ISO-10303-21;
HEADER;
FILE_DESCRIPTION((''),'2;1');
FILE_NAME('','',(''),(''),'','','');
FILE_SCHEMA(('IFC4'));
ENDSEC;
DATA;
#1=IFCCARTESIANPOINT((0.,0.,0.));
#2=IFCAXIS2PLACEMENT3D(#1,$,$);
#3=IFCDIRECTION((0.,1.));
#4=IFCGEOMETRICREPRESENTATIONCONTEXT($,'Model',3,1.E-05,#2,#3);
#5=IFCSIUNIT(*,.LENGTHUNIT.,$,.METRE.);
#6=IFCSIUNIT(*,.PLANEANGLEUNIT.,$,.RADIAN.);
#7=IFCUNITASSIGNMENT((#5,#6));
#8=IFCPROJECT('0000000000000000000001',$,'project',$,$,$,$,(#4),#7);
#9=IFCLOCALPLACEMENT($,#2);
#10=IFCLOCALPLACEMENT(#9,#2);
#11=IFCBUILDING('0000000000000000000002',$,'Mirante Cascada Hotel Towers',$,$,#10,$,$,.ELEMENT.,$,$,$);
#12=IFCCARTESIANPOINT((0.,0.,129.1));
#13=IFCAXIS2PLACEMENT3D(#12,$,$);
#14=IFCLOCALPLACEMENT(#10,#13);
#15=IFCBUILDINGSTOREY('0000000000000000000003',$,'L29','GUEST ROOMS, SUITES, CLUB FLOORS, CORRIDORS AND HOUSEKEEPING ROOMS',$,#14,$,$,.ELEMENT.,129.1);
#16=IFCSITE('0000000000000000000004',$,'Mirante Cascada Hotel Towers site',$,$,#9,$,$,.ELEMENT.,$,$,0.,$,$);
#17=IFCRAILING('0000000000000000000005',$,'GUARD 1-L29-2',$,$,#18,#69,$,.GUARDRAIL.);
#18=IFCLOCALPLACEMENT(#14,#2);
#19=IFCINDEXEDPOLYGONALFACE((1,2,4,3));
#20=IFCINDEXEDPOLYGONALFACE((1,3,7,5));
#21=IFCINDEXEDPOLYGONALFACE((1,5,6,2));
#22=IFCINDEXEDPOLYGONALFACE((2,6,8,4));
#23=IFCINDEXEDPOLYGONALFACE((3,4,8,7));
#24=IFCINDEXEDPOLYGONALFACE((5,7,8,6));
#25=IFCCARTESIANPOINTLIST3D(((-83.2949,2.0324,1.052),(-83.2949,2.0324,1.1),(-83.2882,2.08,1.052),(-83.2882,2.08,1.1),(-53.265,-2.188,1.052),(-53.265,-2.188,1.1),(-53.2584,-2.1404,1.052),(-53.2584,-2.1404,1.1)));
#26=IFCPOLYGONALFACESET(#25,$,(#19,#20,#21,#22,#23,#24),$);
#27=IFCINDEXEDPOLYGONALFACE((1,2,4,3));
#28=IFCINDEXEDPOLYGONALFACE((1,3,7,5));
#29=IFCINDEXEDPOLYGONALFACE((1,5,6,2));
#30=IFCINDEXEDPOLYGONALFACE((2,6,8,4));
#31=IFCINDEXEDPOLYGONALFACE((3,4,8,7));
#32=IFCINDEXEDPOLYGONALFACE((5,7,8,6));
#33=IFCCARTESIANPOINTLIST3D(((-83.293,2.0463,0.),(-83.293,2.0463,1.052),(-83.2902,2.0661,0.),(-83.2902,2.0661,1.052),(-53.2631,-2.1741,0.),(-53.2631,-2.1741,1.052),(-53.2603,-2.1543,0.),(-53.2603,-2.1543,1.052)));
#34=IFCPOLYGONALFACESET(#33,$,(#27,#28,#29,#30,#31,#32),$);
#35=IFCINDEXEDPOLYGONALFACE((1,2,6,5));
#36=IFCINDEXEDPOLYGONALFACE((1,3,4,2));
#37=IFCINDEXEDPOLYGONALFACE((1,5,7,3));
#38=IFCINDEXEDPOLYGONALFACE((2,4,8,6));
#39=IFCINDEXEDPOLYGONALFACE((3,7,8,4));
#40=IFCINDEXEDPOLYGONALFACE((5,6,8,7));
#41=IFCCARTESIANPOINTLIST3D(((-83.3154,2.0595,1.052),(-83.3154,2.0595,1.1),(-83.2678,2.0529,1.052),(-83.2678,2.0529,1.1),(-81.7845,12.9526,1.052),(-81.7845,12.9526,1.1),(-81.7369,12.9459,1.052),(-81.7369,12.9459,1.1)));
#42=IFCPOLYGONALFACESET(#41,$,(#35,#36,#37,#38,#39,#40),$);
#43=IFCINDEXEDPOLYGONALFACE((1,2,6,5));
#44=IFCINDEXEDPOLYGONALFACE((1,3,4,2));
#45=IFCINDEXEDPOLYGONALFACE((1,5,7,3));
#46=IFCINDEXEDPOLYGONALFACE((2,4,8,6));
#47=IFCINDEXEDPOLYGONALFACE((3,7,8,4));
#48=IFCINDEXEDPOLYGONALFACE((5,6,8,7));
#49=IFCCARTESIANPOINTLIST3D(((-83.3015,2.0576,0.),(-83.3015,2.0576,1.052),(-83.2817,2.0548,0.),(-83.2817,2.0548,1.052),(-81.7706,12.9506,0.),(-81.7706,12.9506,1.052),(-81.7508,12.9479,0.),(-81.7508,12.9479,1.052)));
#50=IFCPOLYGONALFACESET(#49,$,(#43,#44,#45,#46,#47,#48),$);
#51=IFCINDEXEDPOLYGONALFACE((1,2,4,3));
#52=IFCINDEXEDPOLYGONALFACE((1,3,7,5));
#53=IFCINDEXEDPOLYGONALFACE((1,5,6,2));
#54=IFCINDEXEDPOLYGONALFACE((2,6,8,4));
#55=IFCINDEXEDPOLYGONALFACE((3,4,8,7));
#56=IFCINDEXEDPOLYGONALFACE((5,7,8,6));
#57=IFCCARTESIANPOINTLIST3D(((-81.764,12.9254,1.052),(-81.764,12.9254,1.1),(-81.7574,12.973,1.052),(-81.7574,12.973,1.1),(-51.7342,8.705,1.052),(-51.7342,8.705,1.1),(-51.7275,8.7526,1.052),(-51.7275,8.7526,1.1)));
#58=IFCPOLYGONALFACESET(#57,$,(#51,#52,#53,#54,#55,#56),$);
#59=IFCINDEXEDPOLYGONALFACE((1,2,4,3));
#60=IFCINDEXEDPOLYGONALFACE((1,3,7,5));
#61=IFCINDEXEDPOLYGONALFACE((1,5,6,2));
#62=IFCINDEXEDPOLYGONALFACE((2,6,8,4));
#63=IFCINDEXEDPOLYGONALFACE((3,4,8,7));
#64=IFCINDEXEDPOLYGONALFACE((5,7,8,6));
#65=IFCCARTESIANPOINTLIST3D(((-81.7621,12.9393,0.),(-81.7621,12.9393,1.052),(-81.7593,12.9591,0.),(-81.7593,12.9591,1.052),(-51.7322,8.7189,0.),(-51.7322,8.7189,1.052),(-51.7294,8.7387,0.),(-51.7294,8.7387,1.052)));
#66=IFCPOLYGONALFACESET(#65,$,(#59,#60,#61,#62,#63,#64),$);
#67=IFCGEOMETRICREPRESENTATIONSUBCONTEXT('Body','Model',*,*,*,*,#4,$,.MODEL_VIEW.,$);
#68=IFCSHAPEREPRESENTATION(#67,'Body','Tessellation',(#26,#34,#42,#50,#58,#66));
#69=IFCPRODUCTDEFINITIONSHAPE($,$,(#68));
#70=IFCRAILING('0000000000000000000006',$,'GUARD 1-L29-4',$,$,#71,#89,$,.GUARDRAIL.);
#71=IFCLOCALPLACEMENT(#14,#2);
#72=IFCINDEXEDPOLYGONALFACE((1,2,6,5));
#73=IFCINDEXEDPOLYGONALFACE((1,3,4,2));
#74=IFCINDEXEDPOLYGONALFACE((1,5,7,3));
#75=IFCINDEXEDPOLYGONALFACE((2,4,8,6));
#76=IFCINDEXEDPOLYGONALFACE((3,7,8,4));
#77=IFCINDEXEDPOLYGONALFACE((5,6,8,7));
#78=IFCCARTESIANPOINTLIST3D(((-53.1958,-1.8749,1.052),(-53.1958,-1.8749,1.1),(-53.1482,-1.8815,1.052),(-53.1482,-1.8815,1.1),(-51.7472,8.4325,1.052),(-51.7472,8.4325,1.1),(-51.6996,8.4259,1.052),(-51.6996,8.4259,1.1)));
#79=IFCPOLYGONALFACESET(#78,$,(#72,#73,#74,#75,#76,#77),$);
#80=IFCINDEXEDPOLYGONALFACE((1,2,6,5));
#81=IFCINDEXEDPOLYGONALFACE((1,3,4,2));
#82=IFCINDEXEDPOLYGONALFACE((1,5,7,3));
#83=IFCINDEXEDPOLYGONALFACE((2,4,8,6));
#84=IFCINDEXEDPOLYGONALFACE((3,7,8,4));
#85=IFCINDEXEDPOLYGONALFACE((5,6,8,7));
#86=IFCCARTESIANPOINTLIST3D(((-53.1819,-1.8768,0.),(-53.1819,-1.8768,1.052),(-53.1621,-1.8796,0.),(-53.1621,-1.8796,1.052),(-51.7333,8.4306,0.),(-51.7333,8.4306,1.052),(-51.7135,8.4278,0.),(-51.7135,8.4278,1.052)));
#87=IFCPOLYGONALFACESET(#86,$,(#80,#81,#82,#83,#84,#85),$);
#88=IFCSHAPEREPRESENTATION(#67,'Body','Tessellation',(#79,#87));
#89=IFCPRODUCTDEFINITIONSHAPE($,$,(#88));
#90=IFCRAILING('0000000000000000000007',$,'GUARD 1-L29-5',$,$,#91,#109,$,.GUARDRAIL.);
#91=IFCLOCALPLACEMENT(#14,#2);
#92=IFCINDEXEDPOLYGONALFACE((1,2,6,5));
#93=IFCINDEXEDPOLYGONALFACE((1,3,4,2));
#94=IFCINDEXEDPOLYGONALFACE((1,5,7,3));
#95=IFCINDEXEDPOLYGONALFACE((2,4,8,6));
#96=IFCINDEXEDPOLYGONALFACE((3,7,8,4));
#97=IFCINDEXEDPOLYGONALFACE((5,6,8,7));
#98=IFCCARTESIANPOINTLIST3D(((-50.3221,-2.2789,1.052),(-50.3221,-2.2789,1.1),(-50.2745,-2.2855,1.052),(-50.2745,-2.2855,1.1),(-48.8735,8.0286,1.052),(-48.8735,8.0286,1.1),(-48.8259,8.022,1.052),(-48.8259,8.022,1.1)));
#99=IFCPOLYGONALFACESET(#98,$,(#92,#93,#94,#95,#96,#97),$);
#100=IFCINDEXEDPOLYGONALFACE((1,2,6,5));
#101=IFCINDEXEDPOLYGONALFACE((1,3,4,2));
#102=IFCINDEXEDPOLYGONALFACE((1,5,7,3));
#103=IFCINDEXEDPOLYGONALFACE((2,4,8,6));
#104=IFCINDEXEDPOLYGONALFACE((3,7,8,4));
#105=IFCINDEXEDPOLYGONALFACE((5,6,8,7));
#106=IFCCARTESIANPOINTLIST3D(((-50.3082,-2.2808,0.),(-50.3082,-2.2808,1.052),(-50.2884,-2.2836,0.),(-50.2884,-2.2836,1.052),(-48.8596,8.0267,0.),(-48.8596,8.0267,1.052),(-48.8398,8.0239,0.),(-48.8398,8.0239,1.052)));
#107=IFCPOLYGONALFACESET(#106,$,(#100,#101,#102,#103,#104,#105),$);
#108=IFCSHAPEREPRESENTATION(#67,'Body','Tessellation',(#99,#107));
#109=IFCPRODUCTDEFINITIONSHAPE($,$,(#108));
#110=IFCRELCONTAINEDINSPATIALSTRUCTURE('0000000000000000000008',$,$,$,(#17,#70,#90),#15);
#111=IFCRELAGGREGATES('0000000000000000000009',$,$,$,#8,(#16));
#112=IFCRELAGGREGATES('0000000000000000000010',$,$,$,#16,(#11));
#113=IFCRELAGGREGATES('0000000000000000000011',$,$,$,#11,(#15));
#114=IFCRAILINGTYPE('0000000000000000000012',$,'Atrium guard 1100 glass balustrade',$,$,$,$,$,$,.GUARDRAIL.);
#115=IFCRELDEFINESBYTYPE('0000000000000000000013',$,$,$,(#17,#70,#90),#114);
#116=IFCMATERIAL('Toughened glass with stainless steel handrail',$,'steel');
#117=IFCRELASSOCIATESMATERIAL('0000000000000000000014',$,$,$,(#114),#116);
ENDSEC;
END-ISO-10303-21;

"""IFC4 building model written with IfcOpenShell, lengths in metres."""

from ifc_helpers import new_model, si_unit, direction, frame, origin, origin_2d, place, context, subcontext, project, spatial, rectangle, extrude, material, type_object, element, save


model = new_model("IFC4")

# Units and contexts
model_context = context("Model", 3, precision=1e-05, world=origin(), true_north=direction((0.0, 1.0)))
body_context = subcontext(model_context, "Body", "Model", "MODEL_VIEW")
ifc_project = project(units=[si_unit("LENGTHUNIT", "METRE"), si_unit("PLANEANGLEUNIT", "RADIAN")], contexts=[model_context])

# Site, building, storey
site_placement = place(None, origin())
site = spatial("IfcSite", under=ifc_project, at=site_placement, Name="Mirante Cascada Hotel Towers site", CompositionType="ELEMENT", RefElevation=0.0)
building_placement = place(site_placement, origin())
building = spatial("IfcBuilding", under=site, at=building_placement, Name="Mirante Cascada Hotel Towers", CompositionType="ELEMENT")
storey_placement = place(building_placement, frame((0.0, 0.0, 129.1)))
storey = spatial("IfcBuildingStorey", under=building, at=storey_placement, Name="L29", Description="GUEST ROOMS, SUITES, CLUB FLOORS, CORRIDORS AND HOUSEKEEPING ROOMS", CompositionType="ELEMENT", Elevation=129.1)

# Railings
ifc_material_1 = material(Name="Toughened glass with stainless steel handrail", Category="steel")
railing_type = type_object("IfcRailingType", Name="Atrium guard 1100 glass balustrade", PredefinedType="GUARDRAIL", material=ifc_material_1)
railing_1_placement = place(storey_placement, frame((-53.2617, -2.1642, 0.0)))
element("IfcRailing", 1, at=railing_1_placement, inside=storey, type_object=railing_type, Name="GUARD 1-L29-2", PredefinedType="GUARDRAIL", context=body_context, shape_type="SweptSolid", body=[
    extrude(rectangle(XDim=0.048, YDim=0.048, at=origin_2d()), frame((0.0, 0.0, 1.076), z_axis=(-0.990268, 0.139172, 0.0), x_axis=(-0.139172, -0.990268, 0.0)), (0.0, 0.0, 1.0), 30.325),
    extrude(rectangle(XDim=0.02, YDim=1.052, at=origin_2d()), frame((0.0, 0.0, 0.526), z_axis=(-0.990268, 0.139172, 0.0), x_axis=(-0.139172, -0.990268, 0.0)), (0.0, 0.0, 1.0), 30.325),
    extrude(rectangle(XDim=0.048, YDim=0.048, at=origin_2d()), frame((-30.0299, 4.2204, 1.076), z_axis=(0.139172, 0.990268, 0.0), x_axis=(-0.990268, 0.139172, 0.0)), (0.0, 0.0, 1.0), 11.0001),
    extrude(rectangle(XDim=0.02, YDim=1.052, at=origin_2d()), frame((-30.0299, 4.2204, 0.526), z_axis=(0.139172, 0.990268, 0.0), x_axis=(-0.990268, 0.139172, 0.0)), (0.0, 0.0, 1.0), 11.0001),
    extrude(rectangle(XDim=0.048, YDim=0.048, at=origin_2d()), frame((-28.499, 15.1134, 1.076), z_axis=(0.990268, -0.139172, 0.0), x_axis=(0.139172, 0.990268, 0.0)), (0.0, 0.0, 1.0), 30.325),
    extrude(rectangle(XDim=0.02, YDim=1.052, at=origin_2d()), frame((-28.499, 15.1134, 0.526), z_axis=(0.990268, -0.139172, 0.0), x_axis=(0.139172, 0.990268, 0.0)), (0.0, 0.0, 1.0), 30.325),
])
railing_2_placement = place(storey_placement, frame((-53.172, -1.8782, 0.0)))
element("IfcRailing", 2, at=railing_2_placement, inside=storey, type_object=railing_type, Name="GUARD 1-L29-4", PredefinedType="GUARDRAIL", context=body_context, shape_type="SweptSolid", body=[
    extrude(rectangle(XDim=0.048, YDim=0.048, at=origin_2d()), frame((0.0, 0.0, 1.076), z_axis=(0.139172, 0.990268, 0.0), x_axis=(-0.990268, 0.139172, 0.0)), (0.0, 0.0, 1.0), 10.4087),
    extrude(rectangle(XDim=0.02, YDim=1.052, at=origin_2d()), frame((0.0, 0.0, 0.526), z_axis=(0.139172, 0.990268, 0.0), x_axis=(-0.990268, 0.139172, 0.0)), (0.0, 0.0, 1.0), 10.4087),
])
railing_3_placement = place(storey_placement, frame((-48.8497, 8.0253, 0.0)))
element("IfcRailing", 3, at=railing_3_placement, inside=storey, type_object=railing_type, Name="GUARD 1-L29-5", PredefinedType="GUARDRAIL", context=body_context, shape_type="SweptSolid", body=[
    extrude(rectangle(XDim=0.048, YDim=0.048, at=origin_2d()), frame((0.0, 0.0, 1.076), z_axis=(-0.139171, -0.990268, 0.0), x_axis=(0.990268, -0.139171, 0.0)), (0.0, 0.0, 1.0), 10.4088),
    extrude(rectangle(XDim=0.02, YDim=1.052, at=origin_2d()), frame((0.0, 0.0, 0.526), z_axis=(-0.139171, -0.990268, 0.0), x_axis=(0.990268, -0.139171, 0.0)), (0.0, 0.0, 1.0), 10.4088),
])

save(model, "model.ifc")
